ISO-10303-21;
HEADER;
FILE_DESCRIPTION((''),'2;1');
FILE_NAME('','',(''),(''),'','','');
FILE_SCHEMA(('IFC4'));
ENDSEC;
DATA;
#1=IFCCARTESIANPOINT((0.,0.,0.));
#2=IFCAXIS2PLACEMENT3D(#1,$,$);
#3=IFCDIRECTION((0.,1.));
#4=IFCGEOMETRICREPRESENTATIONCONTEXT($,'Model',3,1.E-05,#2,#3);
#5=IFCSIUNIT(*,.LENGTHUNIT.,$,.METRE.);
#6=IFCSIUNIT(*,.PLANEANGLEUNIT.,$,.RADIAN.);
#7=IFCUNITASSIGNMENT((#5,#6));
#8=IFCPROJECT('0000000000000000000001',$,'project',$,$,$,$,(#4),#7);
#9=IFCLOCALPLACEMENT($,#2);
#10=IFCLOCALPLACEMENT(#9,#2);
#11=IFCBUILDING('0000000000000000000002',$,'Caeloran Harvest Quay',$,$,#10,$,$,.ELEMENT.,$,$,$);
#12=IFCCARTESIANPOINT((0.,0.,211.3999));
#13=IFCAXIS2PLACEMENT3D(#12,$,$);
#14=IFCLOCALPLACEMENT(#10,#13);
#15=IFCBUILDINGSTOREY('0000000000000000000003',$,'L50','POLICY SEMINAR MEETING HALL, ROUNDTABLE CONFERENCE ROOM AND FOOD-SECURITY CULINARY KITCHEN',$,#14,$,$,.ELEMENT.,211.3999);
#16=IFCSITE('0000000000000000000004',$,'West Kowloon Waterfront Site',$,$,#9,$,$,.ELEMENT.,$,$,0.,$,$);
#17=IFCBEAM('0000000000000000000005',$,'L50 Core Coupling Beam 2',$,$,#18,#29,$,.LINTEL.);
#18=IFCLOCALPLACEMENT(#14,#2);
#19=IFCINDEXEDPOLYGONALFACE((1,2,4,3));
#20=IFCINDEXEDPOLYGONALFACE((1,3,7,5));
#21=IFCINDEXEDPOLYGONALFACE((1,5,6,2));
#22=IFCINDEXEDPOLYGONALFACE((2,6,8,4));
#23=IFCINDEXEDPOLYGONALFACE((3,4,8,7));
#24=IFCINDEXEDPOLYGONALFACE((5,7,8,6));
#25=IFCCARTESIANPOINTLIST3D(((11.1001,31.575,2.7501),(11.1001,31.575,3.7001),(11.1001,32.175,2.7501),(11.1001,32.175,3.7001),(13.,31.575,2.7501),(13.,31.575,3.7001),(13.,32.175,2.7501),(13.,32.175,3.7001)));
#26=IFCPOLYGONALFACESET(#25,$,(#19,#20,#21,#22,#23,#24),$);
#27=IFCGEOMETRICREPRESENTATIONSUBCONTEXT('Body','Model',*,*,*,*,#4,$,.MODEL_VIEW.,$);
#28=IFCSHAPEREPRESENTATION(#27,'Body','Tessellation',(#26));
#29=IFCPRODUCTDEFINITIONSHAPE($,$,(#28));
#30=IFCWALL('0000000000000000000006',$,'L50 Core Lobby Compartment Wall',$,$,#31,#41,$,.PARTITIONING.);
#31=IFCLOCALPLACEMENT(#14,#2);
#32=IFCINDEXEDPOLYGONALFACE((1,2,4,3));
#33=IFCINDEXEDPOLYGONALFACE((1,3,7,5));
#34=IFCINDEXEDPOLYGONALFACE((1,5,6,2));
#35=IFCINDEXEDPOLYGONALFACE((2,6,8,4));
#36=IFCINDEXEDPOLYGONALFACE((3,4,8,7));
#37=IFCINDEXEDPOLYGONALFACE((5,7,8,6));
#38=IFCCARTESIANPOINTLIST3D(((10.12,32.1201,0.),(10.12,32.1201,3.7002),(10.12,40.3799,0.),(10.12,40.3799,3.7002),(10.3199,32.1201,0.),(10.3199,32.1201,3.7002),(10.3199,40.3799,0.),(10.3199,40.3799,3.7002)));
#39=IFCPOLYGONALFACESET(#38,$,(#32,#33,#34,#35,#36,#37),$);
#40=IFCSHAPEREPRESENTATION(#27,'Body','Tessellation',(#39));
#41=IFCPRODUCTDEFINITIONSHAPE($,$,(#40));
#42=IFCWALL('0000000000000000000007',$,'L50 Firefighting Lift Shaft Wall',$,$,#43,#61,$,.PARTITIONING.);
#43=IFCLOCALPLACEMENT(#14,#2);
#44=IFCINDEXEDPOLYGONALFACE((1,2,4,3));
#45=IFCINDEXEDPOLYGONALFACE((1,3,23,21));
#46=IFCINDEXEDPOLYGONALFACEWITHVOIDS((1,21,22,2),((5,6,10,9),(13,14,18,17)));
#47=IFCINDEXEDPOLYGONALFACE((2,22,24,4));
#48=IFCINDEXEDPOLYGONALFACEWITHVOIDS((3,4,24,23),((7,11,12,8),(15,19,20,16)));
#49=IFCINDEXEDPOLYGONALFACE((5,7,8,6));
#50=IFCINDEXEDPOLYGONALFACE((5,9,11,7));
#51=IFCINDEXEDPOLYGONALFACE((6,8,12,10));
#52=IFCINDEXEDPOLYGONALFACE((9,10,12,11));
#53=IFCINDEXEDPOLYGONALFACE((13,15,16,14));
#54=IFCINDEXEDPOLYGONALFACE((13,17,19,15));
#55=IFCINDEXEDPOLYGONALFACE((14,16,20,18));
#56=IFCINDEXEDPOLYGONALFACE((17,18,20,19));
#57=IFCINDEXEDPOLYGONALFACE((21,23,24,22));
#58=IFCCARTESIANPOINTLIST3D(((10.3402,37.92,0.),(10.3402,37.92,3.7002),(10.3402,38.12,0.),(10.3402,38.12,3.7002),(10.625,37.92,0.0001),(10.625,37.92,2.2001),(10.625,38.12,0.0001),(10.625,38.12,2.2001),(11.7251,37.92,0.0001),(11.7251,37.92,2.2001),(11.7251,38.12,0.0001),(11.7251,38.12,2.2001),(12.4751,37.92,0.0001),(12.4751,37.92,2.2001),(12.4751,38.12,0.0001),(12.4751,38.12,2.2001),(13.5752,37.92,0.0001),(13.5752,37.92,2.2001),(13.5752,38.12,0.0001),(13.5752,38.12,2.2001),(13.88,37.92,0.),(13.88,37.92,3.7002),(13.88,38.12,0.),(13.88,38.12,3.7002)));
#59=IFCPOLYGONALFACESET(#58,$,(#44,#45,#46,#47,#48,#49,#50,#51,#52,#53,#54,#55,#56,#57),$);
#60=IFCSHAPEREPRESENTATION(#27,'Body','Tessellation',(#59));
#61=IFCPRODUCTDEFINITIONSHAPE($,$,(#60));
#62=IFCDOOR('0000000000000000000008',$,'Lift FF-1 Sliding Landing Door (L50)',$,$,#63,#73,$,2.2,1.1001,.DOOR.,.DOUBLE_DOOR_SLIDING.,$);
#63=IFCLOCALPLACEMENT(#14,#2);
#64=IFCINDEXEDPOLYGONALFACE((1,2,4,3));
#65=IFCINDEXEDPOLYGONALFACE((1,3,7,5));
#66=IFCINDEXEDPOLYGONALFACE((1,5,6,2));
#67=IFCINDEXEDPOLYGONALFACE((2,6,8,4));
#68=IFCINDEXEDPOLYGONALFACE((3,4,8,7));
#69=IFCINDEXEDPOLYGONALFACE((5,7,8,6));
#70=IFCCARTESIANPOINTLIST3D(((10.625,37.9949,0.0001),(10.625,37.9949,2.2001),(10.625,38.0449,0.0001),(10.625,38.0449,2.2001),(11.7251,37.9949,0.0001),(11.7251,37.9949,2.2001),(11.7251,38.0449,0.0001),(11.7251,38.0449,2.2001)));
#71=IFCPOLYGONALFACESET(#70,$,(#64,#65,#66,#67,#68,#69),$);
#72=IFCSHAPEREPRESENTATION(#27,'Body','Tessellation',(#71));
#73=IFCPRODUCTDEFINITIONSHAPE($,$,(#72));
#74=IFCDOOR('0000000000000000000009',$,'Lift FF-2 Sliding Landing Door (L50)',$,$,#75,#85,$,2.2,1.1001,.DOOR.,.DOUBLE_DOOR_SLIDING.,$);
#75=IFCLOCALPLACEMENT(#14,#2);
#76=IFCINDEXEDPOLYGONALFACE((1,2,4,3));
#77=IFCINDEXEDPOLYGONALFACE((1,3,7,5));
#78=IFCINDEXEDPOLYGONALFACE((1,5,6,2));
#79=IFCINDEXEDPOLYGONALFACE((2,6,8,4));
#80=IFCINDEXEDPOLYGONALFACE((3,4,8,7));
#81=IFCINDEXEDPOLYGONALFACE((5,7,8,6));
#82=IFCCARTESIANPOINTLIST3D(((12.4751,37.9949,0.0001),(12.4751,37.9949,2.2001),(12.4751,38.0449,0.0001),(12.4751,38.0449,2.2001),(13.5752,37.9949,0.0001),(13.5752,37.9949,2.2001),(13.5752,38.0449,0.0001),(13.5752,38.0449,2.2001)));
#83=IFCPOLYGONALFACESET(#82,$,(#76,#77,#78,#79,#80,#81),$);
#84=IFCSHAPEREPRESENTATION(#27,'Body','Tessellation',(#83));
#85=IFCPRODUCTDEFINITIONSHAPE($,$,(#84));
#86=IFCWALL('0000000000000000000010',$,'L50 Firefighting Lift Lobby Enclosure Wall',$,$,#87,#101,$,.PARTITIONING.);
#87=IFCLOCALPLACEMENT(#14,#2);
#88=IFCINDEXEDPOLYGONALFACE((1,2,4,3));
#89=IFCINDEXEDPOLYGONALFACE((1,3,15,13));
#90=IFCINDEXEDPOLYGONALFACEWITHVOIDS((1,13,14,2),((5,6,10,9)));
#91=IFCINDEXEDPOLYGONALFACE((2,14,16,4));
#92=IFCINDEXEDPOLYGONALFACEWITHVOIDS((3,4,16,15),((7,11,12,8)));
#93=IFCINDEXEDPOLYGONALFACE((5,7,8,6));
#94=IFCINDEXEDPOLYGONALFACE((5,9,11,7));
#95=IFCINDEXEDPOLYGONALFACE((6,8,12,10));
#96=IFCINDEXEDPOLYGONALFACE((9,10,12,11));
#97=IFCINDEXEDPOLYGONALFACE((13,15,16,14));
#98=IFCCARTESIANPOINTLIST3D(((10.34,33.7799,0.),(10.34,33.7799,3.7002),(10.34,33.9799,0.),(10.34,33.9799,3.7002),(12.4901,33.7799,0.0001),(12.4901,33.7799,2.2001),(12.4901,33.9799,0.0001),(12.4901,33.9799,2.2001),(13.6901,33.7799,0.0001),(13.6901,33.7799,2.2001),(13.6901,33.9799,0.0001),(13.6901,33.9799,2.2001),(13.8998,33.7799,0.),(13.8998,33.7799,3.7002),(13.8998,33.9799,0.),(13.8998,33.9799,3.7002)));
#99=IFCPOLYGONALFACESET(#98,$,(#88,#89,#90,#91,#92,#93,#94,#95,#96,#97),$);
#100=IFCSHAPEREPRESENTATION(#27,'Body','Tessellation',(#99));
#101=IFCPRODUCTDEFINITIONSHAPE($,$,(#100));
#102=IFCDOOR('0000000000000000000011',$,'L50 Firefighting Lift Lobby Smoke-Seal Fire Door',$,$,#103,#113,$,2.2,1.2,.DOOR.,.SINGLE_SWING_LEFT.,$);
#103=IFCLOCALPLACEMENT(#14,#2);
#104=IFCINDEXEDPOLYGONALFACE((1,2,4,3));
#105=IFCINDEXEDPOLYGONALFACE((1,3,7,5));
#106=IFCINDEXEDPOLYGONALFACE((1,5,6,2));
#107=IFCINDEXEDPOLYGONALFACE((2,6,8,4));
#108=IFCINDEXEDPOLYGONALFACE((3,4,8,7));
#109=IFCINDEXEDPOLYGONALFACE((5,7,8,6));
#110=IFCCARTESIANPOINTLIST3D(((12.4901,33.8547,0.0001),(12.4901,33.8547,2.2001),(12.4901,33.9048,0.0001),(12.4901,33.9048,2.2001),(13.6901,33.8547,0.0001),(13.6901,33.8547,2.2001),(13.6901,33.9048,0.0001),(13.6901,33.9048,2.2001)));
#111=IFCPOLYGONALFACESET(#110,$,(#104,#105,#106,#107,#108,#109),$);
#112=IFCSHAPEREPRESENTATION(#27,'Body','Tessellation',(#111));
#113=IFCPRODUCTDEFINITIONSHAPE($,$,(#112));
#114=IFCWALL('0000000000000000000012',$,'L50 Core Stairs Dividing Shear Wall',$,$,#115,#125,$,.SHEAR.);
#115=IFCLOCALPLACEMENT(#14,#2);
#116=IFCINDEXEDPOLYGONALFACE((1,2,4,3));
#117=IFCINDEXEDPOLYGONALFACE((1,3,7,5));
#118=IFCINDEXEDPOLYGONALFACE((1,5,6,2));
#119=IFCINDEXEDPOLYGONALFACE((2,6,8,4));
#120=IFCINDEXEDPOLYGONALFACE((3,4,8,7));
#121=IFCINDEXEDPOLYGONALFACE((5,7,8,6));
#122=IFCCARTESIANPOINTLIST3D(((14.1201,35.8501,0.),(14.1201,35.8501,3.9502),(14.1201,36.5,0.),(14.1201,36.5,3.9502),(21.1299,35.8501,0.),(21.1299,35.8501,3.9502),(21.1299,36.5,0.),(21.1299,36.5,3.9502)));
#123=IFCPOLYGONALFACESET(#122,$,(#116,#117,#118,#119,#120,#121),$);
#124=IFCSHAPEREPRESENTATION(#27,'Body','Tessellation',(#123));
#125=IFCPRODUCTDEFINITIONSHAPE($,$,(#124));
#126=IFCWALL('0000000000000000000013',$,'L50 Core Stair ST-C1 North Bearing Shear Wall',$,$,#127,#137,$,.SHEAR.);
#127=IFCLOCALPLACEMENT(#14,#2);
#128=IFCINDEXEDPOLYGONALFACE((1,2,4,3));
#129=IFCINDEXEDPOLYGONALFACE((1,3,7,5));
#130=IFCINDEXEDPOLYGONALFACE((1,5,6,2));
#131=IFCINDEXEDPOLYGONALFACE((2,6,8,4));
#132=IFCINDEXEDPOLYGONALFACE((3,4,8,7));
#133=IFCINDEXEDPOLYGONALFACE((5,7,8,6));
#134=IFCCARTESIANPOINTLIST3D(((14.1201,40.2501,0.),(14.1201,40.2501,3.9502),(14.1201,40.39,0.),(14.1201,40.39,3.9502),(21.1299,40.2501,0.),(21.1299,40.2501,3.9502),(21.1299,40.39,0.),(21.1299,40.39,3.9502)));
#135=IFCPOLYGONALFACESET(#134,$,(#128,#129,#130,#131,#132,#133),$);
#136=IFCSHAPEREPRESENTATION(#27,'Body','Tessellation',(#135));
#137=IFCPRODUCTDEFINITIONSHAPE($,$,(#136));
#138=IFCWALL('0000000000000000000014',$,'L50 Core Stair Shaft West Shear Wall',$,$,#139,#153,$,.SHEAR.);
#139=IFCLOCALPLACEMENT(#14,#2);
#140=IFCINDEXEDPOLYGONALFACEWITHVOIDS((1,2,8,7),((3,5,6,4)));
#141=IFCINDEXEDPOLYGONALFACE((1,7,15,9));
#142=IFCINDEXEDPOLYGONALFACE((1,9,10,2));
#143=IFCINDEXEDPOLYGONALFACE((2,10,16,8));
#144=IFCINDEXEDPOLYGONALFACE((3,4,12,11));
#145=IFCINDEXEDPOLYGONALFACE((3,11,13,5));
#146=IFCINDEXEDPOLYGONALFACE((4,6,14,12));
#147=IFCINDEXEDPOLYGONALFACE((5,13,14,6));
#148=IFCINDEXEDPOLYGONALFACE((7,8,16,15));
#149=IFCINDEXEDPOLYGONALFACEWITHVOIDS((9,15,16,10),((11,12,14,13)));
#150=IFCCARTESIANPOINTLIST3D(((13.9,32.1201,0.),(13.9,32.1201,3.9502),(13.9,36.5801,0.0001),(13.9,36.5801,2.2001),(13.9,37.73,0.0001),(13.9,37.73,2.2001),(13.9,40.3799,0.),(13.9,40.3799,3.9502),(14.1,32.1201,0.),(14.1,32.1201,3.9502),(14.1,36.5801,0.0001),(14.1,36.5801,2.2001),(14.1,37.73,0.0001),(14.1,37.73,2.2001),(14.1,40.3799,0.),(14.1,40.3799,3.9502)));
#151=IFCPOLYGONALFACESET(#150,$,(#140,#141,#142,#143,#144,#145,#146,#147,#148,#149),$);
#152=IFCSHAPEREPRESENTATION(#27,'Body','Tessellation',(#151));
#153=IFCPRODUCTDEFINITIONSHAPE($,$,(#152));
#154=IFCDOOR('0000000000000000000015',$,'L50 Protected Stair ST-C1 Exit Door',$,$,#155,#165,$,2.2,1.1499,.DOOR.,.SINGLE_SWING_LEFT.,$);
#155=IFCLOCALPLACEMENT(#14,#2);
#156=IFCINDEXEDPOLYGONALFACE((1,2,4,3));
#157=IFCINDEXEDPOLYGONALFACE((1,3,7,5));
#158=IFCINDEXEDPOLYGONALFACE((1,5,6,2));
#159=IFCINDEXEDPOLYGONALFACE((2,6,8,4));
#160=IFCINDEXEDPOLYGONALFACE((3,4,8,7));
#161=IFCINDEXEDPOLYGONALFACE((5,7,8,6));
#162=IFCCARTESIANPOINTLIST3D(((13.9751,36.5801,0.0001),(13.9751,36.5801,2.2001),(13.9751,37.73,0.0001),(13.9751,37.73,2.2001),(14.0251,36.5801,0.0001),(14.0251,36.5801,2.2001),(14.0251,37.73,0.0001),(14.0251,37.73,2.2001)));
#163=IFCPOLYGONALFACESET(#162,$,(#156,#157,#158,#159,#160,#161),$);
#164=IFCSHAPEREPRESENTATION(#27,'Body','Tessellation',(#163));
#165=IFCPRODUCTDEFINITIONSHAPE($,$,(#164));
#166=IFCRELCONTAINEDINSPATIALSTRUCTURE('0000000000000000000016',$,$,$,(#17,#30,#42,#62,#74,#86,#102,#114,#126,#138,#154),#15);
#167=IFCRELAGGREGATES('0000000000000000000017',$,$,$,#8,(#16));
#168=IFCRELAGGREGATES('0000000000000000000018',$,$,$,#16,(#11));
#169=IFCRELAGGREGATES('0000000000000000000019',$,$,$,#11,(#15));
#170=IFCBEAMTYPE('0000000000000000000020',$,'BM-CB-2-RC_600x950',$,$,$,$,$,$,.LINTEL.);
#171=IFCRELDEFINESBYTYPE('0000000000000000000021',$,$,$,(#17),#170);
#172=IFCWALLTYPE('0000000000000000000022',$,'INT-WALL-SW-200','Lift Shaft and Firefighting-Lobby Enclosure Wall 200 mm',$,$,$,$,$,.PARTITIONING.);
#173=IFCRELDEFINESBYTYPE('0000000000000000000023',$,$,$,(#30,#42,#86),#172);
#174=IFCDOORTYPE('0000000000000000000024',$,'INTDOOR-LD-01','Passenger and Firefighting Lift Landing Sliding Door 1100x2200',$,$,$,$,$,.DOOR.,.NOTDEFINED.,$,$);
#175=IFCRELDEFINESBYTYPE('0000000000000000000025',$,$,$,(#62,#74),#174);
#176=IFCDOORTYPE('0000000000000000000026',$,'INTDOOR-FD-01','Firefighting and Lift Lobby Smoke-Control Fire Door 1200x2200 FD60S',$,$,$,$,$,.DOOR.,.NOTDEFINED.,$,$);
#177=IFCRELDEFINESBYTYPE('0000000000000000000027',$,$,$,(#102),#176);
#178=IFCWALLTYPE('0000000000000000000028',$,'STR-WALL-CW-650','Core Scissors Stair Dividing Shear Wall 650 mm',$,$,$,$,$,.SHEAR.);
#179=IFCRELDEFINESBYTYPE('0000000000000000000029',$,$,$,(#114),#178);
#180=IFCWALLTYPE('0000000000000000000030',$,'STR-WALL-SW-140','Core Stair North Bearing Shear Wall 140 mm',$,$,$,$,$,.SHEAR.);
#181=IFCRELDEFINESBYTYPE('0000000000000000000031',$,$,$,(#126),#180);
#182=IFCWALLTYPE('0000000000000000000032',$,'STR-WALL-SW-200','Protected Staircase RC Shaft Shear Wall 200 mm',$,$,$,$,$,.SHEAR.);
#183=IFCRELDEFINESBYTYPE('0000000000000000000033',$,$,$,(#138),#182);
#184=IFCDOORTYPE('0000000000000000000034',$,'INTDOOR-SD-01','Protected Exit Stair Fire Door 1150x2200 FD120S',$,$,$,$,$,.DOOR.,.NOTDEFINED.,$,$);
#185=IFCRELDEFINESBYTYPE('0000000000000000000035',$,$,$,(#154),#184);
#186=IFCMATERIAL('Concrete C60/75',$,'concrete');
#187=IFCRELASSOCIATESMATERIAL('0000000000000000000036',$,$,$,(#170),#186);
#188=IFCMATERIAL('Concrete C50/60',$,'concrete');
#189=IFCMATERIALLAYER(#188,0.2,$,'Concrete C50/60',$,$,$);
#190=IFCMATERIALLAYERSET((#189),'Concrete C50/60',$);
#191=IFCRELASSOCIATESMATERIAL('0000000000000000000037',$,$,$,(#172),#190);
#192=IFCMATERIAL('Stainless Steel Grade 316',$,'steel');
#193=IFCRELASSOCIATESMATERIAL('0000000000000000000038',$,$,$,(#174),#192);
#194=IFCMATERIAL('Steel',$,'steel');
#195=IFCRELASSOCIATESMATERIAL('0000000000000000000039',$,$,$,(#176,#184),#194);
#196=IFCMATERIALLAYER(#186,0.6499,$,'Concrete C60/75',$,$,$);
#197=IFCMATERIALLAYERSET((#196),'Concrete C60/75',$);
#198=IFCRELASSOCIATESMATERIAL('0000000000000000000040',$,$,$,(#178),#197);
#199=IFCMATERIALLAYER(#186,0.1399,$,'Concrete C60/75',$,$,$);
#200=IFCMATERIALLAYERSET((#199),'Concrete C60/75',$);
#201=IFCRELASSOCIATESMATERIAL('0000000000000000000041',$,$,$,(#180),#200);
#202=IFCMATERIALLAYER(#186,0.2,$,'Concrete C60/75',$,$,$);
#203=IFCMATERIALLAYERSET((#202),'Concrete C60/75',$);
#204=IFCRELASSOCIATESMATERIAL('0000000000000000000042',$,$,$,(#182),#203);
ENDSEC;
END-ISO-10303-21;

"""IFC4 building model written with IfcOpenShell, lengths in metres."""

from ifc_helpers import new_model, si_unit, direction, frame, frame_2d, origin, origin_2d, place, context, subcontext, project, spatial, rectangle, extrude, material, layer, layer_set, material_profile, profile_set, type_object, element, fill, save


model = new_model("IFC4")

# Units and contexts
model_context = context("Model", 3, precision=1e-05, world=origin(), true_north=direction((0.0, 1.0)))
body_context = subcontext(model_context, "Body", "Model", "MODEL_VIEW")
ifc_project = project(units=[si_unit("LENGTHUNIT", "METRE"), si_unit("PLANEANGLEUNIT", "RADIAN")], contexts=[model_context])

# Site, building, storey
site_placement = place(None, origin())
site = spatial("IfcSite", under=ifc_project, at=site_placement, Name="West Kowloon Waterfront Site", CompositionType="ELEMENT", RefElevation=0.0)
building_placement = place(site_placement, origin())
building = spatial("IfcBuilding", under=site, at=building_placement, Name="Caeloran Harvest Quay", CompositionType="ELEMENT")
storey_placement = place(building_placement, frame((0.0, 0.0, 211.3999)))
storey = spatial("IfcBuildingStorey", under=building, at=storey_placement, Name="L50", Description="POLICY SEMINAR MEETING HALL, ROUNDTABLE CONFERENCE ROOM AND FOOD-SECURITY CULINARY KITCHEN", CompositionType="ELEMENT", Elevation=211.3999)

# Beam
ifc_material_1 = material(Name="Concrete C60/75", Category="concrete")
ifc_material_profile = material_profile(ifc_material_1, rectangle(XDim=0.6001, YDim=0.95, at=origin_2d()), Name="RC 600x950")
ifc_profile_set = profile_set([ifc_material_profile], Name="Concrete C60/75")
beam_type = type_object("IfcBeamType", Name="BM-CB-2-RC_600x950", PredefinedType="LINTEL", material=ifc_profile_set)
beam_placement = place(storey_placement, frame((11.1001, 31.875, 3.2251), z_axis=(1.0, 0.0, 0.0), x_axis=(0.0, 1.0, 0.0)))
element("IfcBeam", 1, at=beam_placement, inside=storey, type_object=beam_type, Name="L50 Core Coupling Beam 2", PredefinedType="LINTEL", context=body_context, shape_type="SweptSolid", body=[
    extrude(rectangle(XDim=0.6001, YDim=0.95, at=origin_2d()), origin(), (0.0, 0.0, 1.0), 1.8999),
])

# Wall
ifc_material_2 = material(Name="Concrete C50/60", Category="concrete")
ifc_layer_1 = layer(ifc_material_2, 0.2, Name="Concrete C50/60")
ifc_layer_set_1 = layer_set([ifc_layer_1], Name="Concrete C50/60")
wall_type_1 = type_object("IfcWallType", Name="INT-WALL-SW-200", Description="Lift Shaft and Firefighting-Lobby Enclosure Wall 200 mm", PredefinedType="PARTITIONING", material=ifc_layer_set_1)
wall_1_placement = place(storey_placement, frame((10.22, 32.1201, 0.0), z_axis=(0.0, 0.0, 1.0), x_axis=(0.0, 1.0, 0.0)))
element("IfcWall", 2, at=wall_1_placement, inside=storey, type_object=wall_type_1, Name="L50 Core Lobby Compartment Wall", PredefinedType="PARTITIONING", context=body_context, shape_type="SweptSolid", body=[
    extrude(rectangle(XDim=8.2598, YDim=0.2, at=frame_2d((4.1299, 0.0))), origin(), (0.0, 0.0, 1.0), 3.7002),
])

# Wall, openings, doors
wall_2_placement = place(storey_placement, frame((10.3401, 38.02, 0.0), z_axis=(0.0, 0.0, 1.0), x_axis=(1.0, 0.0, 0.0)))
wall_2 = element("IfcWall", 3, at=wall_2_placement, inside=storey, type_object=wall_type_1, Name="L50 Firefighting Lift Shaft Wall", PredefinedType="PARTITIONING", context=body_context, shape_type="SweptSolid", body=[
    extrude(rectangle(XDim=3.5398, YDim=0.2, at=frame_2d((1.77, 0.0))), origin(), (0.0, 0.0, 1.0), 3.7002),
])
opening_1_placement = place(wall_2_placement, frame((0.2849, 0.0, 0.0)))
opening_1 = element("IfcOpeningElement", 4, at=opening_1_placement, cuts=wall_2, PredefinedType="OPENING", context=body_context, shape_type="SweptSolid", body=[
    extrude(rectangle(XDim=1.1001, YDim=2.2, at=frame_2d((0.55, 1.1001))), frame((0.0, 0.1099, 0.0), z_axis=(0.0, -1.0, 0.0), x_axis=(1.0, 0.0, 0.0)), (0.0, 0.0, 1.0), 0.22),
])
opening_2_placement = place(wall_2_placement, frame((2.135, 0.0, 0.0)))
opening_2 = element("IfcOpeningElement", 5, at=opening_2_placement, cuts=wall_2, PredefinedType="OPENING", context=body_context, shape_type="SweptSolid", body=[
    extrude(rectangle(XDim=1.1001, YDim=2.2, at=frame_2d((0.55, 1.1001))), frame((0.0, 0.1099, 0.0), z_axis=(0.0, -1.0, 0.0), x_axis=(1.0, 0.0, 0.0)), (0.0, 0.0, 1.0), 0.22),
])
ifc_material_3 = material(Name="Stainless Steel Grade 316", Category="steel")
door_type_1 = type_object("IfcDoorType", Name="INTDOOR-LD-01", Description="Passenger and Firefighting Lift Landing Sliding Door 1100x2200", OperationType="NOTDEFINED", PredefinedType="DOOR", material=ifc_material_3)
door_1_placement = place(opening_1_placement, origin())
door_1 = element("IfcDoor", 6, at=door_1_placement, inside=storey, type_object=door_type_1, Name="Lift FF-1 Sliding Landing Door (L50)", OperationType="DOUBLE_DOOR_SLIDING", OverallHeight=2.2, OverallWidth=1.1001, PredefinedType="DOOR", context=body_context, shape_type="SweptSolid", body=[
    extrude(rectangle(XDim=1.1001, YDim=2.2, at=frame_2d((0.55, 1.1001))), frame((0.0, 0.0249, 0.0), z_axis=(0.0, -1.0, 0.0), x_axis=(1.0, 0.0, 0.0)), (0.0, 0.0, 1.0), 0.05),
])
fill(opening_1, door_1)
door_2_placement = place(opening_2_placement, origin())
door_2 = element("IfcDoor", 7, at=door_2_placement, inside=storey, type_object=door_type_1, Name="Lift FF-2 Sliding Landing Door (L50)", OperationType="DOUBLE_DOOR_SLIDING", OverallHeight=2.2, OverallWidth=1.1001, PredefinedType="DOOR", context=body_context, shape_type="SweptSolid", body=[
    extrude(rectangle(XDim=1.1001, YDim=2.2, at=frame_2d((0.55, 1.1001))), frame((0.0, 0.0249, 0.0), z_axis=(0.0, -1.0, 0.0), x_axis=(1.0, 0.0, 0.0)), (0.0, 0.0, 1.0), 0.05),
])
fill(opening_2, door_2)

# Wall, opening, door
wall_3_placement = place(storey_placement, frame((10.3401, 33.8799, 0.0), z_axis=(0.0, 0.0, 1.0), x_axis=(1.0, 0.0, 0.0)))
wall_3 = element("IfcWall", 8, at=wall_3_placement, inside=storey, type_object=wall_type_1, Name="L50 Firefighting Lift Lobby Enclosure Wall", PredefinedType="PARTITIONING", context=body_context, shape_type="SweptSolid", body=[
    extrude(rectangle(XDim=3.5598, YDim=0.2, at=frame_2d((1.7798, 0.0))), origin(), (0.0, 0.0, 1.0), 3.7002),
])
opening_3_placement = place(wall_3_placement, frame((2.1499, 0.0, 0.0)))
opening_3 = element("IfcOpeningElement", 9, at=opening_3_placement, cuts=wall_3, PredefinedType="OPENING", context=body_context, shape_type="SweptSolid", body=[
    extrude(rectangle(XDim=1.2, YDim=2.2, at=frame_2d((0.6001, 1.1001))), frame((0.0, 0.1099, 0.0), z_axis=(0.0, -1.0, 0.0), x_axis=(1.0, 0.0, 0.0)), (0.0, 0.0, 1.0), 0.22),
])
ifc_material_4 = material(Name="Steel", Category="steel")
door_type_2 = type_object("IfcDoorType", Name="INTDOOR-FD-01", Description="Firefighting and Lift Lobby Smoke-Control Fire Door 1200x2200 FD60S", OperationType="NOTDEFINED", PredefinedType="DOOR", material=ifc_material_4)
door_3_placement = place(opening_3_placement, origin())
door_3 = element("IfcDoor", 10, at=door_3_placement, inside=storey, type_object=door_type_2, Name="L50 Firefighting Lift Lobby Smoke-Seal Fire Door", OperationType="SINGLE_SWING_LEFT", OverallHeight=2.2, OverallWidth=1.2, PredefinedType="DOOR", context=body_context, shape_type="SweptSolid", body=[
    extrude(rectangle(XDim=1.2, YDim=2.2, at=frame_2d((0.6001, 1.1001))), frame((0.0, 0.0249, 0.0), z_axis=(0.0, -1.0, 0.0), x_axis=(1.0, 0.0, 0.0)), (0.0, 0.0, 1.0), 0.05),
])
fill(opening_3, door_3)

# Walls
ifc_layer_2 = layer(ifc_material_1, 0.6499, Name="Concrete C60/75")
ifc_layer_set_2 = layer_set([ifc_layer_2], Name="Concrete C60/75")
wall_type_2 = type_object("IfcWallType", Name="STR-WALL-CW-650", Description="Core Scissors Stair Dividing Shear Wall 650 mm", PredefinedType="SHEAR", material=ifc_layer_set_2)
wall_4_placement = place(storey_placement, frame((14.1201, 36.175, 0.0), z_axis=(0.0, 0.0, 1.0), x_axis=(1.0, 0.0, 0.0)))
element("IfcWall", 11, at=wall_4_placement, inside=storey, type_object=wall_type_2, Name="L50 Core Stairs Dividing Shear Wall", PredefinedType="SHEAR", context=body_context, shape_type="SweptSolid", body=[
    extrude(rectangle(XDim=7.0098, YDim=0.6499, at=frame_2d((3.5049, 0.0))), origin(), (0.0, 0.0, 1.0), 3.9502),
])
ifc_layer_3 = layer(ifc_material_1, 0.1399, Name="Concrete C60/75")
ifc_layer_set_3 = layer_set([ifc_layer_3], Name="Concrete C60/75")
wall_type_3 = type_object("IfcWallType", Name="STR-WALL-SW-140", Description="Core Stair North Bearing Shear Wall 140 mm", PredefinedType="SHEAR", material=ifc_layer_set_3)
wall_5_placement = place(storey_placement, frame((14.1201, 40.3201, 0.0), z_axis=(0.0, 0.0, 1.0), x_axis=(1.0, 0.0, 0.0)))
element("IfcWall", 12, at=wall_5_placement, inside=storey, type_object=wall_type_3, Name="L50 Core Stair ST-C1 North Bearing Shear Wall", PredefinedType="SHEAR", context=body_context, shape_type="SweptSolid", body=[
    extrude(rectangle(XDim=7.0098, YDim=0.1399, at=frame_2d((3.5049, 0.0))), origin(), (0.0, 0.0, 1.0), 3.9502),
])

# Wall, opening, door
ifc_layer_4 = layer(ifc_material_1, 0.2, Name="Concrete C60/75")
ifc_layer_set_4 = layer_set([ifc_layer_4], Name="Concrete C60/75")
wall_type_4 = type_object("IfcWallType", Name="STR-WALL-SW-200", Description="Protected Staircase RC Shaft Shear Wall 200 mm", PredefinedType="SHEAR", material=ifc_layer_set_4)
wall_6_placement = place(storey_placement, frame((14.0, 32.1201, 0.0), z_axis=(0.0, 0.0, 1.0), x_axis=(0.0, 1.0, 0.0)))
wall_6 = element("IfcWall", 13, at=wall_6_placement, inside=storey, type_object=wall_type_4, Name="L50 Core Stair Shaft West Shear Wall", PredefinedType="SHEAR", context=body_context, shape_type="SweptSolid", body=[
    extrude(rectangle(XDim=8.2598, YDim=0.2, at=frame_2d((4.1299, 0.0))), origin(), (0.0, 0.0, 1.0), 3.9502),
])
opening_4_placement = place(wall_6_placement, frame((4.46, 0.0, 0.0)))
opening_4 = element("IfcOpeningElement", 14, at=opening_4_placement, cuts=wall_6, PredefinedType="OPENING", context=body_context, shape_type="SweptSolid", body=[
    extrude(rectangle(XDim=1.1499, YDim=2.2, at=frame_2d((0.575, 1.1001))), frame((0.0, 0.1099, 0.0), z_axis=(0.0, -1.0, 0.0), x_axis=(1.0, 0.0, 0.0)), (0.0, 0.0, 1.0), 0.22),
])
door_type_3 = type_object("IfcDoorType", Name="INTDOOR-SD-01", Description="Protected Exit Stair Fire Door 1150x2200 FD120S", OperationType="NOTDEFINED", PredefinedType="DOOR", material=ifc_material_4)
door_4_placement = place(opening_4_placement, origin())
door_4 = element("IfcDoor", 15, at=door_4_placement, inside=storey, type_object=door_type_3, Name="L50 Protected Stair ST-C1 Exit Door", OperationType="SINGLE_SWING_LEFT", OverallHeight=2.2, OverallWidth=1.1499, PredefinedType="DOOR", context=body_context, shape_type="SweptSolid", body=[
    extrude(rectangle(XDim=1.1499, YDim=2.2, at=frame_2d((0.575, 1.1001))), frame((0.0, 0.0249, 0.0), z_axis=(0.0, -1.0, 0.0), x_axis=(1.0, 0.0, 0.0)), (0.0, 0.0, 1.0), 0.05),
])
fill(opening_4, door_4)

save(model, "model.ifc")
